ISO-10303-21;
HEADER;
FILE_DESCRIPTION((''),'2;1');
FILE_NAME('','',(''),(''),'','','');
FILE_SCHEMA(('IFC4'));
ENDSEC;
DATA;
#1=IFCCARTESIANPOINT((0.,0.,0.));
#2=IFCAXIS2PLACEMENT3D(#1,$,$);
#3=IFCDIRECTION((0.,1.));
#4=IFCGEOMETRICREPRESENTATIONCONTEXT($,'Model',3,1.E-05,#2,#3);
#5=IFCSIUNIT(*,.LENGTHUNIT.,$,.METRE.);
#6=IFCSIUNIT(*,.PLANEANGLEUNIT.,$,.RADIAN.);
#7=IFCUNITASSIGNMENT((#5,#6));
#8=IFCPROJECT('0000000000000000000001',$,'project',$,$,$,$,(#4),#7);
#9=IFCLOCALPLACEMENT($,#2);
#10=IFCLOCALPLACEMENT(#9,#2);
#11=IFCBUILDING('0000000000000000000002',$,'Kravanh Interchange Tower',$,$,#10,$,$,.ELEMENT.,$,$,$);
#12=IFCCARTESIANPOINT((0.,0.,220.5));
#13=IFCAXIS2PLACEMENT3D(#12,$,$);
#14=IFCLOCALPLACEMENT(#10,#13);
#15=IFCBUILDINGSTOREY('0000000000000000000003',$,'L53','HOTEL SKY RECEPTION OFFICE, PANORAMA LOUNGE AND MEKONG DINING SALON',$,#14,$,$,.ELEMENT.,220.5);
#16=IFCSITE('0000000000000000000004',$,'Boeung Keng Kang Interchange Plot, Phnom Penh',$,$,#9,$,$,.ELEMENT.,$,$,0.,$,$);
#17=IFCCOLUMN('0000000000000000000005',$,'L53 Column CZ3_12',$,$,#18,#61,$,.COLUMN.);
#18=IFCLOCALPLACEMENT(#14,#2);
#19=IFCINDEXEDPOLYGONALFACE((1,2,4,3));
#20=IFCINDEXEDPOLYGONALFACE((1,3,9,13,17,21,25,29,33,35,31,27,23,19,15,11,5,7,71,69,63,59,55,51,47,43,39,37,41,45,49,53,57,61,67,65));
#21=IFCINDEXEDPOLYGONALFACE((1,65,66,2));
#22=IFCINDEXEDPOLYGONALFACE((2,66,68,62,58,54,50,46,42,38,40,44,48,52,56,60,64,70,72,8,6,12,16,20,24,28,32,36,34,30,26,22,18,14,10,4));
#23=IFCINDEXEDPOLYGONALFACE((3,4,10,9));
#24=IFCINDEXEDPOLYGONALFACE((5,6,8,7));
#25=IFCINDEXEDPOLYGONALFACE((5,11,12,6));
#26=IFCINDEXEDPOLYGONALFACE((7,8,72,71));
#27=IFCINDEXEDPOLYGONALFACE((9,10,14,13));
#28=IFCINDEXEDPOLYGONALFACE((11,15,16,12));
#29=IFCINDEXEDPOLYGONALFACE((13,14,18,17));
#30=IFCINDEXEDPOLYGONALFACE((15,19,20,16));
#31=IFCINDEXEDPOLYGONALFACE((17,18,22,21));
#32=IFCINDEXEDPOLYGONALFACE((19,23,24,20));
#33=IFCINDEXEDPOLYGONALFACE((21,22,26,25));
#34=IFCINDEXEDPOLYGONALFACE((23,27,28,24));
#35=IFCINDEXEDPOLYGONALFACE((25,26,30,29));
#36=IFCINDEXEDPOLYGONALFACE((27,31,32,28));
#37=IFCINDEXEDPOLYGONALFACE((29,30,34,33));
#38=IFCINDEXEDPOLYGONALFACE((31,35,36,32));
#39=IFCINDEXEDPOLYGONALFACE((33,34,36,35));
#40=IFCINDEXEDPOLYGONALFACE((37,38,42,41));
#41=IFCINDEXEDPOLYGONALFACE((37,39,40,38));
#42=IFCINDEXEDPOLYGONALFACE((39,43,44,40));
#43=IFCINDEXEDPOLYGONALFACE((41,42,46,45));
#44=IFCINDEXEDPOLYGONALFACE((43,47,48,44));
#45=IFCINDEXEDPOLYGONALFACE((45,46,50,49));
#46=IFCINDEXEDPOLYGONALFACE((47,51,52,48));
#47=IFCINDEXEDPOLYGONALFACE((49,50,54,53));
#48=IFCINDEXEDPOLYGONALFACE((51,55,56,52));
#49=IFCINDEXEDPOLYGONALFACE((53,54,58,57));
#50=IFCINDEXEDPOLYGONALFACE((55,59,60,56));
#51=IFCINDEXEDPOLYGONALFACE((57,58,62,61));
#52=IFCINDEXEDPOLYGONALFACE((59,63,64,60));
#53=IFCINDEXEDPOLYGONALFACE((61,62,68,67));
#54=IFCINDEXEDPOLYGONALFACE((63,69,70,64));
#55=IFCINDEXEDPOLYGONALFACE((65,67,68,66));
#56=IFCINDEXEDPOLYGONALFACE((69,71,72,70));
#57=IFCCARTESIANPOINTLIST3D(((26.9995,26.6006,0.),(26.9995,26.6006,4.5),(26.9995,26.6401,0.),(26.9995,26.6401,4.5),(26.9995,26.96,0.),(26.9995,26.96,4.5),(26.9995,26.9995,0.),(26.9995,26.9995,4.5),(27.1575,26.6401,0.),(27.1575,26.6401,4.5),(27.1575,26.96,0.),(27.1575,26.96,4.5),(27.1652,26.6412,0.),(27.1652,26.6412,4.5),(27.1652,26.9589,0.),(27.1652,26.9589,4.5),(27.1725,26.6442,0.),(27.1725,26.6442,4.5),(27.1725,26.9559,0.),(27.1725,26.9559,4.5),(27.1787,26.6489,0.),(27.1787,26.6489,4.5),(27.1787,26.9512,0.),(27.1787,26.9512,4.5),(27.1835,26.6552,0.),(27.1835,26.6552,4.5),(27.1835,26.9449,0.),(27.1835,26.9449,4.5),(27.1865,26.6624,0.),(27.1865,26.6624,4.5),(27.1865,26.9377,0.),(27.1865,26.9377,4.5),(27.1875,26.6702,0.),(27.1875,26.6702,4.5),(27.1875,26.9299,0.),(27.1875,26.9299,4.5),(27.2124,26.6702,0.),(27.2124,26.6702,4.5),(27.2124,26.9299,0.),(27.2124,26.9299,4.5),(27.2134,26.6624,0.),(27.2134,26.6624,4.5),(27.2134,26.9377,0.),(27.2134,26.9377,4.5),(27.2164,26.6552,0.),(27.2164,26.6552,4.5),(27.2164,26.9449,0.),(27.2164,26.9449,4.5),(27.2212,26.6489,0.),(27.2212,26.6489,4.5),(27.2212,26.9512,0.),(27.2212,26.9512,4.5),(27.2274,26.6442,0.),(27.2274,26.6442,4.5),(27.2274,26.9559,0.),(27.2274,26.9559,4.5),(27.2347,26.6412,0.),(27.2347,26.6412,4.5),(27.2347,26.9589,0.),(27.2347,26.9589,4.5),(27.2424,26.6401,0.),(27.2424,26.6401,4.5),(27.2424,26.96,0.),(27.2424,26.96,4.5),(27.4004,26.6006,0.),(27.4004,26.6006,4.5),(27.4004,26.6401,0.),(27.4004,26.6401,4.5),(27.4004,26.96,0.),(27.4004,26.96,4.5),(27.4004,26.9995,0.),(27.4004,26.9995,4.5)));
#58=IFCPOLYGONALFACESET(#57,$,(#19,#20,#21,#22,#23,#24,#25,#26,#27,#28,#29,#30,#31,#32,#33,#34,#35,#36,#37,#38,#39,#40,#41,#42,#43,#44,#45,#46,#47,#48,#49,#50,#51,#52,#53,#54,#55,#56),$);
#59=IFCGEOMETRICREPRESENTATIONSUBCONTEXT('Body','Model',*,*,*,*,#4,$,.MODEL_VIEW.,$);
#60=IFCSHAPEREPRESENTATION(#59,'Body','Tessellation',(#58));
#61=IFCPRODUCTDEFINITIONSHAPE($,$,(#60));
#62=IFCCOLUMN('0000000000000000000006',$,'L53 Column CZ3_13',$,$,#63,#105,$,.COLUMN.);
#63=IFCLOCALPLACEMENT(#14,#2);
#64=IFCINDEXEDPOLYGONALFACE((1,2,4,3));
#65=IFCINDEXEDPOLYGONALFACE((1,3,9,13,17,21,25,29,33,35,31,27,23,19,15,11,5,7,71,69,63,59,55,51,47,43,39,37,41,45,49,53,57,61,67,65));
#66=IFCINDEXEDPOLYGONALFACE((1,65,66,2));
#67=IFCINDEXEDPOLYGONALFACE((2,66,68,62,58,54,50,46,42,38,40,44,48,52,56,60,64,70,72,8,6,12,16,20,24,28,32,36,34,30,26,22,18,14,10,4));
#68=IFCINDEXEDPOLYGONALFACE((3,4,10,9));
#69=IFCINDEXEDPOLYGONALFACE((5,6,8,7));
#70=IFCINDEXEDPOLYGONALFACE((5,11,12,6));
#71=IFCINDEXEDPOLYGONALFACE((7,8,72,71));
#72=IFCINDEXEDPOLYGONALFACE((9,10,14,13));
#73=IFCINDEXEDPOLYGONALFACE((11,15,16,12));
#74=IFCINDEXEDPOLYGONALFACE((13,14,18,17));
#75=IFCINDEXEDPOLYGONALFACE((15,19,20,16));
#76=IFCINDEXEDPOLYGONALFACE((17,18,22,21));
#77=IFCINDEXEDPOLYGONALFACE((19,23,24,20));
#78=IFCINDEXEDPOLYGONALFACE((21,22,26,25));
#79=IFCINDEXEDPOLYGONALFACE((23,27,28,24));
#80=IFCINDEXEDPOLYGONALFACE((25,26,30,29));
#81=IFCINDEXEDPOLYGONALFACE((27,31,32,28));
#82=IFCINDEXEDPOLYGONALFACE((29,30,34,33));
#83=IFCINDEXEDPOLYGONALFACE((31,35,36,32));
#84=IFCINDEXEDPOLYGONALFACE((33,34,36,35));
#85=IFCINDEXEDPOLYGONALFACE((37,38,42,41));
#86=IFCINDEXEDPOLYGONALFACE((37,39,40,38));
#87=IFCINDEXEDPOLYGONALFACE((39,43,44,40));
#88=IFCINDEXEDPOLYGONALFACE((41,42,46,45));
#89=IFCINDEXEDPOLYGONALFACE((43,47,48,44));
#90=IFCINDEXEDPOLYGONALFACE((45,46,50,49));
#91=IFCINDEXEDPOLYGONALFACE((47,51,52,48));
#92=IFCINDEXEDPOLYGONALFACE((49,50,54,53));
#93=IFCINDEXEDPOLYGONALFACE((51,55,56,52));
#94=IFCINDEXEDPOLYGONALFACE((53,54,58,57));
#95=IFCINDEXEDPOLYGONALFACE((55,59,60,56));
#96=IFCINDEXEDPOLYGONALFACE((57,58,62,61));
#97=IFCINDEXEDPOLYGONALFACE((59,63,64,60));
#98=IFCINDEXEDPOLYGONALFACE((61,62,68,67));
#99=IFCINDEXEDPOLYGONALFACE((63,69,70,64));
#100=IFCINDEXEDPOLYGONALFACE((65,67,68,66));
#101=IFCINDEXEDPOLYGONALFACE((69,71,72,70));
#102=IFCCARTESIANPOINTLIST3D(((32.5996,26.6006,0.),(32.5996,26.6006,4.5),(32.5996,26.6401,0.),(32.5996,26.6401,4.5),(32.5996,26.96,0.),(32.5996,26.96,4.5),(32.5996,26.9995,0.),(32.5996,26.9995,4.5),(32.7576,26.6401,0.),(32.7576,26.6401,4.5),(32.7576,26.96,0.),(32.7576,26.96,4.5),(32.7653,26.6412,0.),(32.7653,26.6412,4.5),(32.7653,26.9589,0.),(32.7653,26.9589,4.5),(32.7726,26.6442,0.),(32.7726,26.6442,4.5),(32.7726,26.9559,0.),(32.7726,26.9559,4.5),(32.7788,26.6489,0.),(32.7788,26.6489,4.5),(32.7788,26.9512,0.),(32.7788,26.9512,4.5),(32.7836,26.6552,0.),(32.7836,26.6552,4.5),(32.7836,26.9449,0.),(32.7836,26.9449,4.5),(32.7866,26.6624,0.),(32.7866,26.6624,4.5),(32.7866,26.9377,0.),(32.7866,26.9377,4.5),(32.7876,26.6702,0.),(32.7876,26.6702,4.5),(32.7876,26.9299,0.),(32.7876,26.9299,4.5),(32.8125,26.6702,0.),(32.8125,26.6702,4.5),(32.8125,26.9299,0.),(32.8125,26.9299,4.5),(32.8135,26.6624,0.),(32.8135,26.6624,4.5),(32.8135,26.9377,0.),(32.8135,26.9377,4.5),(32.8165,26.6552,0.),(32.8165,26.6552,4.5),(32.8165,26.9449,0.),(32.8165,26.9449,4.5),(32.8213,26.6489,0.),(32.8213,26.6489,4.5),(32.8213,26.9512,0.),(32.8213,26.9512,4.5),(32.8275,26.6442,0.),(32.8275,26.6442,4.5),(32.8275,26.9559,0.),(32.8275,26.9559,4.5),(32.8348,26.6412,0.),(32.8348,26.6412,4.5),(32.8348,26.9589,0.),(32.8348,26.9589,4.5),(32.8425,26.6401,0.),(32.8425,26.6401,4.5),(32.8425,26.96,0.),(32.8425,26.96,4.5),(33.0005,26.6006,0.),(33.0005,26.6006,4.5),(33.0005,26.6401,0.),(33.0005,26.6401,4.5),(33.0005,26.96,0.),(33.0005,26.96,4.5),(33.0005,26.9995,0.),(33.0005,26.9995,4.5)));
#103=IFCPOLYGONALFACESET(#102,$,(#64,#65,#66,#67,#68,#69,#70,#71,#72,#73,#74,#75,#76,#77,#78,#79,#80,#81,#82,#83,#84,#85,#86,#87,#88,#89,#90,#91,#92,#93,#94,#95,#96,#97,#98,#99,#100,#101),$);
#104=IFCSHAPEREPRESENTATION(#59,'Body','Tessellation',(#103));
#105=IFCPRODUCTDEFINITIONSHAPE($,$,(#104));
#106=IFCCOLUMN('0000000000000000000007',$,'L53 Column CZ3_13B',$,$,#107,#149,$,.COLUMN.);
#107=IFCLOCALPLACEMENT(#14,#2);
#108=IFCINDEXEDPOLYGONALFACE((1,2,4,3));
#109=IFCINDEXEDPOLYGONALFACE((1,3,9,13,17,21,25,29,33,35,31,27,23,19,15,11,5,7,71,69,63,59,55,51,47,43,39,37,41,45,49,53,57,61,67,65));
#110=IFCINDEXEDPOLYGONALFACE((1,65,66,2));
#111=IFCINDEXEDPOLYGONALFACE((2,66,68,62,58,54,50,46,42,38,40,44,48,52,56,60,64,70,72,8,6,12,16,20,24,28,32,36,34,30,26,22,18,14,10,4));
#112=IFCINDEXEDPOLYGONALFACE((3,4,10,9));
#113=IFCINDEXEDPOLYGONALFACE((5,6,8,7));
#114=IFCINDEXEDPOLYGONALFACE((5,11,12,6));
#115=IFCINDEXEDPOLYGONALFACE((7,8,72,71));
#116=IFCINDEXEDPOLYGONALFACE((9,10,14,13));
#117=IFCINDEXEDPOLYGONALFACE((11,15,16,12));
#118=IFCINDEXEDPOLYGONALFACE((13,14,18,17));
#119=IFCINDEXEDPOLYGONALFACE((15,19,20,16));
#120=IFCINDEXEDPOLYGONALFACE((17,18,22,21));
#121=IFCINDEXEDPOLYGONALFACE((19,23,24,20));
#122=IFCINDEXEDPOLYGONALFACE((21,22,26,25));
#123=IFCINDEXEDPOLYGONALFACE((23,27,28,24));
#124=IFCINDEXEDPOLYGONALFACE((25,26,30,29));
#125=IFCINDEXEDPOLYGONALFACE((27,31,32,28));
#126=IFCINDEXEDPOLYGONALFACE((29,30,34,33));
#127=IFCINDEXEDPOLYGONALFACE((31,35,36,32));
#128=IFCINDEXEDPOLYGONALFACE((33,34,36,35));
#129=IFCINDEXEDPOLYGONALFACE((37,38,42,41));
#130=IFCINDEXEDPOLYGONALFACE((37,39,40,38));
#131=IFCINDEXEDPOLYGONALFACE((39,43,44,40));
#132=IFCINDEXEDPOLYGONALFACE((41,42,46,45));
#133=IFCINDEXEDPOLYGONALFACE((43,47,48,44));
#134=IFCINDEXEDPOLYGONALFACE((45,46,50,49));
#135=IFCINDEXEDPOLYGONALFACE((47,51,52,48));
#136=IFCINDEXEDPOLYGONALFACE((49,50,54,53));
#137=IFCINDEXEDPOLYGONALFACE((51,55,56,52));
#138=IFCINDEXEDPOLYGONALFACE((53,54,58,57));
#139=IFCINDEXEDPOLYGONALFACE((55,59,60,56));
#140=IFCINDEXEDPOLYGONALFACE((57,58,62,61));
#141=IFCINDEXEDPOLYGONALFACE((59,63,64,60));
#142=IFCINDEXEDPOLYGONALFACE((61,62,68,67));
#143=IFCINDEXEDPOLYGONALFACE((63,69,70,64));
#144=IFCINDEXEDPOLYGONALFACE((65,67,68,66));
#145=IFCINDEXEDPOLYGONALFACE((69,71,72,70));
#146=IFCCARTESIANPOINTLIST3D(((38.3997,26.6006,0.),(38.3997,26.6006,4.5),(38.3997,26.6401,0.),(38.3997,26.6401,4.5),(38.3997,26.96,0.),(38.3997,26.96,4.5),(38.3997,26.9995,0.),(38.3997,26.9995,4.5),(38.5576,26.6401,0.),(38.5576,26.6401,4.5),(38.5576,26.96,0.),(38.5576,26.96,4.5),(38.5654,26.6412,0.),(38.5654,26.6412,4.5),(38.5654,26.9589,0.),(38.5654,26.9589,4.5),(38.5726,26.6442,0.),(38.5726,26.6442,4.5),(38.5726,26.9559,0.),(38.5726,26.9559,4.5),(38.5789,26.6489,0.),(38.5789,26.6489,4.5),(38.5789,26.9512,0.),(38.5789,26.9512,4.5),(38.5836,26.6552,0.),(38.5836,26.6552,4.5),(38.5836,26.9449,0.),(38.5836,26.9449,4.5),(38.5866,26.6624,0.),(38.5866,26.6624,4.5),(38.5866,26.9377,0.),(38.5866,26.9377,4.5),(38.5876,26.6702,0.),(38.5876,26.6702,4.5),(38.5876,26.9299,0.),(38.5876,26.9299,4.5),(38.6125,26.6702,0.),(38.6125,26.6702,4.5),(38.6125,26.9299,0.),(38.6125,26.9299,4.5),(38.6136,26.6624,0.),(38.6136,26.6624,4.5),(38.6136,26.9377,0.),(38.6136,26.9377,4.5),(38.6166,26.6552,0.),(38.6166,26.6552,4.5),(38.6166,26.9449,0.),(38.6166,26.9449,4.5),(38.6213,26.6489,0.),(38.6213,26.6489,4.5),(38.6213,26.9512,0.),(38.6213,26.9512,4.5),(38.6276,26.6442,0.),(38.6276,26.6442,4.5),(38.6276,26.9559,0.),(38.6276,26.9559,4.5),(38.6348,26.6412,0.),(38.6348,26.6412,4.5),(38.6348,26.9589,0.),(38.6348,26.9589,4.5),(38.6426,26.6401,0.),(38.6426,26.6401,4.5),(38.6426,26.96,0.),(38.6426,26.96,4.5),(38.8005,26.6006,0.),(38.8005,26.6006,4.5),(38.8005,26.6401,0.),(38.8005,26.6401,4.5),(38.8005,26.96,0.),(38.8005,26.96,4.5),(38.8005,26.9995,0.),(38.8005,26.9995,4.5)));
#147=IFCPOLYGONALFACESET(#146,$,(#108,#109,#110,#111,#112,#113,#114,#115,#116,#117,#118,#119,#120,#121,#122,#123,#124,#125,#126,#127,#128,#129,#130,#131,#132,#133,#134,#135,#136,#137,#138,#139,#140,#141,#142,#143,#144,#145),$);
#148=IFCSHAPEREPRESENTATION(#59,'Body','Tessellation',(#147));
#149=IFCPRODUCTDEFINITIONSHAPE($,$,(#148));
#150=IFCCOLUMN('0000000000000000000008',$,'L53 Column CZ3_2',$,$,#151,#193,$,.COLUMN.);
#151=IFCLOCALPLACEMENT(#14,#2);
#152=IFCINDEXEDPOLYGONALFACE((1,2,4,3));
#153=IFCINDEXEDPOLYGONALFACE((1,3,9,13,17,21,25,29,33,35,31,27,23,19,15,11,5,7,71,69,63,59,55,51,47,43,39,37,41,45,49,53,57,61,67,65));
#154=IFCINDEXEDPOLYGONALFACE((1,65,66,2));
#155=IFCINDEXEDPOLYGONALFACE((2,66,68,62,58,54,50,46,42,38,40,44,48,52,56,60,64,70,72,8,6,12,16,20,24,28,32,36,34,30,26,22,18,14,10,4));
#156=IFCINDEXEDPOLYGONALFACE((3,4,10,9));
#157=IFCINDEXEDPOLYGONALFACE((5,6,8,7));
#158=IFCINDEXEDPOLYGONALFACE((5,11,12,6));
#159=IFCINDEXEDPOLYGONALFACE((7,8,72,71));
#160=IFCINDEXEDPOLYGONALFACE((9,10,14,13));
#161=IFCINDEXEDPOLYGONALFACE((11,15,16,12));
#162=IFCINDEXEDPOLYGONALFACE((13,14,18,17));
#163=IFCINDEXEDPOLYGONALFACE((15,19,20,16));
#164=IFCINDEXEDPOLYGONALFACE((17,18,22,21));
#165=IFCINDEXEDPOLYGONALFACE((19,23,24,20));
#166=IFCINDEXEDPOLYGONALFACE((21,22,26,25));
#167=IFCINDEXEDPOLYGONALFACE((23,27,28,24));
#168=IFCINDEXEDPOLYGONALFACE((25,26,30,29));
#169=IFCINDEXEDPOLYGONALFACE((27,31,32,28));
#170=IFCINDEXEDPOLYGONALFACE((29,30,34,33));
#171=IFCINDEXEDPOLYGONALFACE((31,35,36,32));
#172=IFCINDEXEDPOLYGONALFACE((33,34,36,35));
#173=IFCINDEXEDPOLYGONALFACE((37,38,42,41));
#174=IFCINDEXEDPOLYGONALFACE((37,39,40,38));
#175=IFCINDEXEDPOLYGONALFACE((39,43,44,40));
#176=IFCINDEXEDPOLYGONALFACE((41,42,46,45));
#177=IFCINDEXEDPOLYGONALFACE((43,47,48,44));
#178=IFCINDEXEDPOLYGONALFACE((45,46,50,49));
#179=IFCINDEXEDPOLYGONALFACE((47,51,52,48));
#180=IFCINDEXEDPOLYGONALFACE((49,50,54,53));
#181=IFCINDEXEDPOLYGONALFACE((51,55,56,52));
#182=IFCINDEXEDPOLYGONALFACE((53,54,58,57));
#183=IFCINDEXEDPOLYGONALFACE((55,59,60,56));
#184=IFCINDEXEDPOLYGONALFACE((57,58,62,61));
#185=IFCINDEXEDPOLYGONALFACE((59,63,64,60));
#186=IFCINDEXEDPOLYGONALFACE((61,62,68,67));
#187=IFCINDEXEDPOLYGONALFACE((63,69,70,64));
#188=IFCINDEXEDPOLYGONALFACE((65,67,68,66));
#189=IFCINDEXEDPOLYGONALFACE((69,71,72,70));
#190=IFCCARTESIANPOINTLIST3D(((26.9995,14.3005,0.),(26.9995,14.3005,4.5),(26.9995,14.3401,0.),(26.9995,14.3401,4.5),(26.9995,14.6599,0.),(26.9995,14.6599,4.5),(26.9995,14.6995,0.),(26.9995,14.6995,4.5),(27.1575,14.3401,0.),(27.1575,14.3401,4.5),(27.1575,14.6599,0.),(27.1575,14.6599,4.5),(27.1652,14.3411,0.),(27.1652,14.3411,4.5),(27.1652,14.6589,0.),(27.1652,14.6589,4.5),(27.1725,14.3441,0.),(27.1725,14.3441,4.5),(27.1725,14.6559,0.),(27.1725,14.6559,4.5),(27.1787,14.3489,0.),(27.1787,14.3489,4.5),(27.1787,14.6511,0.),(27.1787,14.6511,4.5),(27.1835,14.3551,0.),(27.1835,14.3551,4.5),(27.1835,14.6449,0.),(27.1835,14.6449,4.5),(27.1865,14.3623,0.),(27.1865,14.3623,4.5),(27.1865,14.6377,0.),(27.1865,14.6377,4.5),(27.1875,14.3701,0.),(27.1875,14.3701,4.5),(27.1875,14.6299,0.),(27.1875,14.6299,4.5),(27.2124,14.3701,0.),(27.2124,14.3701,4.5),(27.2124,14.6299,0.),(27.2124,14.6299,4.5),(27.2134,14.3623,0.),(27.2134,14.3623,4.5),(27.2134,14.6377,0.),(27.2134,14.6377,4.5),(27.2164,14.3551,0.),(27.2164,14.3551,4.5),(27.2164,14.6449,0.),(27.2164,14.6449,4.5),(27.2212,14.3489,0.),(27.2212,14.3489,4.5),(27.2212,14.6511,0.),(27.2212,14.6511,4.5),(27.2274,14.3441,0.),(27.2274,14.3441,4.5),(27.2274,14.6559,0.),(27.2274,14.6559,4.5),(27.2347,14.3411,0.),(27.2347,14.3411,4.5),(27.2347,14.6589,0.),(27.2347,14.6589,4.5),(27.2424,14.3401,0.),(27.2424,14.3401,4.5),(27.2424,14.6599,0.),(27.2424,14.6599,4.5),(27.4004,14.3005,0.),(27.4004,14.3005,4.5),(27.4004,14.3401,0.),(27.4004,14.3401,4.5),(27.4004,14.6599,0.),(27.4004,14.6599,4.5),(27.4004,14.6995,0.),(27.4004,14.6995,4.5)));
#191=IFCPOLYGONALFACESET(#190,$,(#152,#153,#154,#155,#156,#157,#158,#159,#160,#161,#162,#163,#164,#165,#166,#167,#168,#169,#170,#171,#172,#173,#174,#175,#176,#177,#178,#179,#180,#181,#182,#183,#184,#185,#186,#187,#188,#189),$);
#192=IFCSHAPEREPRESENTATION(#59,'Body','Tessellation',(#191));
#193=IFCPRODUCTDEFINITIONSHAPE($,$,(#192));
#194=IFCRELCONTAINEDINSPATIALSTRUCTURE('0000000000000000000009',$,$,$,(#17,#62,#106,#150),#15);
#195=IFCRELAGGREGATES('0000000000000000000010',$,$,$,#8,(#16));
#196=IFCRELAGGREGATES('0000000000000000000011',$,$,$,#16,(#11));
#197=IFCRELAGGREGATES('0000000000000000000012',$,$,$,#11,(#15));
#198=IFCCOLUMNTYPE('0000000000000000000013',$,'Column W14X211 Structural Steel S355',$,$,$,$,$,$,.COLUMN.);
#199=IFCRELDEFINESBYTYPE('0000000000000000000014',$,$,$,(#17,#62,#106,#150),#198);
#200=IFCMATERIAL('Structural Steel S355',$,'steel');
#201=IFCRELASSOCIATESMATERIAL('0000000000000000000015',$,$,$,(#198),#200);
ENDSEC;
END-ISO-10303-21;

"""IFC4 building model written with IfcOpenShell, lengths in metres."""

from ifc_helpers import new_model, si_unit, direction, frame, origin, origin_2d, place, context, subcontext, project, spatial, i_section, extrude, material, material_profile, profile_set, type_object, element, save


model = new_model("IFC4")

# Units and contexts
model_context = context("Model", 3, precision=1e-05, world=origin(), true_north=direction((0.0, 1.0)))
body_context = subcontext(model_context, "Body", "Model", "MODEL_VIEW")
ifc_project = project(units=[si_unit("LENGTHUNIT", "METRE"), si_unit("PLANEANGLEUNIT", "RADIAN")], contexts=[model_context])

# Site, building, storey
site_placement = place(None, origin())
site = spatial("IfcSite", under=ifc_project, at=site_placement, Name="Boeung Keng Kang Interchange Plot, Phnom Penh", CompositionType="ELEMENT", RefElevation=0.0)
building_placement = place(site_placement, origin())
building = spatial("IfcBuilding", under=site, at=building_placement, Name="Kravanh Interchange Tower", CompositionType="ELEMENT")
storey_placement = place(building_placement, frame((0.0, 0.0, 220.5)))
storey = spatial("IfcBuildingStorey", under=building, at=storey_placement, Name="L53", Description="HOTEL SKY RECEPTION OFFICE, PANORAMA LOUNGE AND MEKONG DINING SALON", CompositionType="ELEMENT", Elevation=220.5)

# Columns
ifc_material_1 = material(Name="Structural Steel S355", Category="steel")
ifc_material_profile_1 = material_profile(ifc_material_1, i_section(OverallWidth=0.4009, OverallDepth=0.3989, WebThickness=0.0249, FlangeThickness=0.0396, FilletRadius=0.03, at=origin_2d()), Name="W14X211")
ifc_profile_set_1 = profile_set([ifc_material_profile_1], Name="Structural Steel S355")
column_type = type_object("IfcColumnType", Name="Column W14X211 Structural Steel S355", PredefinedType="COLUMN", material=ifc_profile_set_1)
for number, where, z_axis, x_axis, name in (
    (1, (27.2, 26.8, 0.0), (0.0, 0.0, 1.0), (1.0, 0.0, 0.0), "L53 Column CZ3_12"),
    (2, (32.8, 26.8, 0.0), (0.0, 0.0, 1.0), (1.0, 0.0, 0.0), "L53 Column CZ3_13"),
    (3, (38.6001, 26.8, 0.0), (0.0, 0.0, 1.0), (1.0, 0.0, 0.0), "L53 Column CZ3_13B"),
    (4, (27.2, 14.5, 0.0), (0.0, 0.0, 1.0), (1.0, 0.0, 0.0), "L53 Column CZ3_2"),
):
    element("IfcColumn", number, at=place(storey_placement, frame(where, z_axis=z_axis, x_axis=x_axis)), inside=storey, type_object=column_type, Name=name, PredefinedType="COLUMN", context=body_context, shape_type="SweptSolid", body=[
        extrude(i_section(OverallWidth=0.4009, OverallDepth=0.3989, WebThickness=0.0249, FlangeThickness=0.0396, FilletRadius=0.03, at=origin_2d()), origin(), (0.0, 0.0, 1.0), 4.5),
    ])

save(model, "model.ifc")
